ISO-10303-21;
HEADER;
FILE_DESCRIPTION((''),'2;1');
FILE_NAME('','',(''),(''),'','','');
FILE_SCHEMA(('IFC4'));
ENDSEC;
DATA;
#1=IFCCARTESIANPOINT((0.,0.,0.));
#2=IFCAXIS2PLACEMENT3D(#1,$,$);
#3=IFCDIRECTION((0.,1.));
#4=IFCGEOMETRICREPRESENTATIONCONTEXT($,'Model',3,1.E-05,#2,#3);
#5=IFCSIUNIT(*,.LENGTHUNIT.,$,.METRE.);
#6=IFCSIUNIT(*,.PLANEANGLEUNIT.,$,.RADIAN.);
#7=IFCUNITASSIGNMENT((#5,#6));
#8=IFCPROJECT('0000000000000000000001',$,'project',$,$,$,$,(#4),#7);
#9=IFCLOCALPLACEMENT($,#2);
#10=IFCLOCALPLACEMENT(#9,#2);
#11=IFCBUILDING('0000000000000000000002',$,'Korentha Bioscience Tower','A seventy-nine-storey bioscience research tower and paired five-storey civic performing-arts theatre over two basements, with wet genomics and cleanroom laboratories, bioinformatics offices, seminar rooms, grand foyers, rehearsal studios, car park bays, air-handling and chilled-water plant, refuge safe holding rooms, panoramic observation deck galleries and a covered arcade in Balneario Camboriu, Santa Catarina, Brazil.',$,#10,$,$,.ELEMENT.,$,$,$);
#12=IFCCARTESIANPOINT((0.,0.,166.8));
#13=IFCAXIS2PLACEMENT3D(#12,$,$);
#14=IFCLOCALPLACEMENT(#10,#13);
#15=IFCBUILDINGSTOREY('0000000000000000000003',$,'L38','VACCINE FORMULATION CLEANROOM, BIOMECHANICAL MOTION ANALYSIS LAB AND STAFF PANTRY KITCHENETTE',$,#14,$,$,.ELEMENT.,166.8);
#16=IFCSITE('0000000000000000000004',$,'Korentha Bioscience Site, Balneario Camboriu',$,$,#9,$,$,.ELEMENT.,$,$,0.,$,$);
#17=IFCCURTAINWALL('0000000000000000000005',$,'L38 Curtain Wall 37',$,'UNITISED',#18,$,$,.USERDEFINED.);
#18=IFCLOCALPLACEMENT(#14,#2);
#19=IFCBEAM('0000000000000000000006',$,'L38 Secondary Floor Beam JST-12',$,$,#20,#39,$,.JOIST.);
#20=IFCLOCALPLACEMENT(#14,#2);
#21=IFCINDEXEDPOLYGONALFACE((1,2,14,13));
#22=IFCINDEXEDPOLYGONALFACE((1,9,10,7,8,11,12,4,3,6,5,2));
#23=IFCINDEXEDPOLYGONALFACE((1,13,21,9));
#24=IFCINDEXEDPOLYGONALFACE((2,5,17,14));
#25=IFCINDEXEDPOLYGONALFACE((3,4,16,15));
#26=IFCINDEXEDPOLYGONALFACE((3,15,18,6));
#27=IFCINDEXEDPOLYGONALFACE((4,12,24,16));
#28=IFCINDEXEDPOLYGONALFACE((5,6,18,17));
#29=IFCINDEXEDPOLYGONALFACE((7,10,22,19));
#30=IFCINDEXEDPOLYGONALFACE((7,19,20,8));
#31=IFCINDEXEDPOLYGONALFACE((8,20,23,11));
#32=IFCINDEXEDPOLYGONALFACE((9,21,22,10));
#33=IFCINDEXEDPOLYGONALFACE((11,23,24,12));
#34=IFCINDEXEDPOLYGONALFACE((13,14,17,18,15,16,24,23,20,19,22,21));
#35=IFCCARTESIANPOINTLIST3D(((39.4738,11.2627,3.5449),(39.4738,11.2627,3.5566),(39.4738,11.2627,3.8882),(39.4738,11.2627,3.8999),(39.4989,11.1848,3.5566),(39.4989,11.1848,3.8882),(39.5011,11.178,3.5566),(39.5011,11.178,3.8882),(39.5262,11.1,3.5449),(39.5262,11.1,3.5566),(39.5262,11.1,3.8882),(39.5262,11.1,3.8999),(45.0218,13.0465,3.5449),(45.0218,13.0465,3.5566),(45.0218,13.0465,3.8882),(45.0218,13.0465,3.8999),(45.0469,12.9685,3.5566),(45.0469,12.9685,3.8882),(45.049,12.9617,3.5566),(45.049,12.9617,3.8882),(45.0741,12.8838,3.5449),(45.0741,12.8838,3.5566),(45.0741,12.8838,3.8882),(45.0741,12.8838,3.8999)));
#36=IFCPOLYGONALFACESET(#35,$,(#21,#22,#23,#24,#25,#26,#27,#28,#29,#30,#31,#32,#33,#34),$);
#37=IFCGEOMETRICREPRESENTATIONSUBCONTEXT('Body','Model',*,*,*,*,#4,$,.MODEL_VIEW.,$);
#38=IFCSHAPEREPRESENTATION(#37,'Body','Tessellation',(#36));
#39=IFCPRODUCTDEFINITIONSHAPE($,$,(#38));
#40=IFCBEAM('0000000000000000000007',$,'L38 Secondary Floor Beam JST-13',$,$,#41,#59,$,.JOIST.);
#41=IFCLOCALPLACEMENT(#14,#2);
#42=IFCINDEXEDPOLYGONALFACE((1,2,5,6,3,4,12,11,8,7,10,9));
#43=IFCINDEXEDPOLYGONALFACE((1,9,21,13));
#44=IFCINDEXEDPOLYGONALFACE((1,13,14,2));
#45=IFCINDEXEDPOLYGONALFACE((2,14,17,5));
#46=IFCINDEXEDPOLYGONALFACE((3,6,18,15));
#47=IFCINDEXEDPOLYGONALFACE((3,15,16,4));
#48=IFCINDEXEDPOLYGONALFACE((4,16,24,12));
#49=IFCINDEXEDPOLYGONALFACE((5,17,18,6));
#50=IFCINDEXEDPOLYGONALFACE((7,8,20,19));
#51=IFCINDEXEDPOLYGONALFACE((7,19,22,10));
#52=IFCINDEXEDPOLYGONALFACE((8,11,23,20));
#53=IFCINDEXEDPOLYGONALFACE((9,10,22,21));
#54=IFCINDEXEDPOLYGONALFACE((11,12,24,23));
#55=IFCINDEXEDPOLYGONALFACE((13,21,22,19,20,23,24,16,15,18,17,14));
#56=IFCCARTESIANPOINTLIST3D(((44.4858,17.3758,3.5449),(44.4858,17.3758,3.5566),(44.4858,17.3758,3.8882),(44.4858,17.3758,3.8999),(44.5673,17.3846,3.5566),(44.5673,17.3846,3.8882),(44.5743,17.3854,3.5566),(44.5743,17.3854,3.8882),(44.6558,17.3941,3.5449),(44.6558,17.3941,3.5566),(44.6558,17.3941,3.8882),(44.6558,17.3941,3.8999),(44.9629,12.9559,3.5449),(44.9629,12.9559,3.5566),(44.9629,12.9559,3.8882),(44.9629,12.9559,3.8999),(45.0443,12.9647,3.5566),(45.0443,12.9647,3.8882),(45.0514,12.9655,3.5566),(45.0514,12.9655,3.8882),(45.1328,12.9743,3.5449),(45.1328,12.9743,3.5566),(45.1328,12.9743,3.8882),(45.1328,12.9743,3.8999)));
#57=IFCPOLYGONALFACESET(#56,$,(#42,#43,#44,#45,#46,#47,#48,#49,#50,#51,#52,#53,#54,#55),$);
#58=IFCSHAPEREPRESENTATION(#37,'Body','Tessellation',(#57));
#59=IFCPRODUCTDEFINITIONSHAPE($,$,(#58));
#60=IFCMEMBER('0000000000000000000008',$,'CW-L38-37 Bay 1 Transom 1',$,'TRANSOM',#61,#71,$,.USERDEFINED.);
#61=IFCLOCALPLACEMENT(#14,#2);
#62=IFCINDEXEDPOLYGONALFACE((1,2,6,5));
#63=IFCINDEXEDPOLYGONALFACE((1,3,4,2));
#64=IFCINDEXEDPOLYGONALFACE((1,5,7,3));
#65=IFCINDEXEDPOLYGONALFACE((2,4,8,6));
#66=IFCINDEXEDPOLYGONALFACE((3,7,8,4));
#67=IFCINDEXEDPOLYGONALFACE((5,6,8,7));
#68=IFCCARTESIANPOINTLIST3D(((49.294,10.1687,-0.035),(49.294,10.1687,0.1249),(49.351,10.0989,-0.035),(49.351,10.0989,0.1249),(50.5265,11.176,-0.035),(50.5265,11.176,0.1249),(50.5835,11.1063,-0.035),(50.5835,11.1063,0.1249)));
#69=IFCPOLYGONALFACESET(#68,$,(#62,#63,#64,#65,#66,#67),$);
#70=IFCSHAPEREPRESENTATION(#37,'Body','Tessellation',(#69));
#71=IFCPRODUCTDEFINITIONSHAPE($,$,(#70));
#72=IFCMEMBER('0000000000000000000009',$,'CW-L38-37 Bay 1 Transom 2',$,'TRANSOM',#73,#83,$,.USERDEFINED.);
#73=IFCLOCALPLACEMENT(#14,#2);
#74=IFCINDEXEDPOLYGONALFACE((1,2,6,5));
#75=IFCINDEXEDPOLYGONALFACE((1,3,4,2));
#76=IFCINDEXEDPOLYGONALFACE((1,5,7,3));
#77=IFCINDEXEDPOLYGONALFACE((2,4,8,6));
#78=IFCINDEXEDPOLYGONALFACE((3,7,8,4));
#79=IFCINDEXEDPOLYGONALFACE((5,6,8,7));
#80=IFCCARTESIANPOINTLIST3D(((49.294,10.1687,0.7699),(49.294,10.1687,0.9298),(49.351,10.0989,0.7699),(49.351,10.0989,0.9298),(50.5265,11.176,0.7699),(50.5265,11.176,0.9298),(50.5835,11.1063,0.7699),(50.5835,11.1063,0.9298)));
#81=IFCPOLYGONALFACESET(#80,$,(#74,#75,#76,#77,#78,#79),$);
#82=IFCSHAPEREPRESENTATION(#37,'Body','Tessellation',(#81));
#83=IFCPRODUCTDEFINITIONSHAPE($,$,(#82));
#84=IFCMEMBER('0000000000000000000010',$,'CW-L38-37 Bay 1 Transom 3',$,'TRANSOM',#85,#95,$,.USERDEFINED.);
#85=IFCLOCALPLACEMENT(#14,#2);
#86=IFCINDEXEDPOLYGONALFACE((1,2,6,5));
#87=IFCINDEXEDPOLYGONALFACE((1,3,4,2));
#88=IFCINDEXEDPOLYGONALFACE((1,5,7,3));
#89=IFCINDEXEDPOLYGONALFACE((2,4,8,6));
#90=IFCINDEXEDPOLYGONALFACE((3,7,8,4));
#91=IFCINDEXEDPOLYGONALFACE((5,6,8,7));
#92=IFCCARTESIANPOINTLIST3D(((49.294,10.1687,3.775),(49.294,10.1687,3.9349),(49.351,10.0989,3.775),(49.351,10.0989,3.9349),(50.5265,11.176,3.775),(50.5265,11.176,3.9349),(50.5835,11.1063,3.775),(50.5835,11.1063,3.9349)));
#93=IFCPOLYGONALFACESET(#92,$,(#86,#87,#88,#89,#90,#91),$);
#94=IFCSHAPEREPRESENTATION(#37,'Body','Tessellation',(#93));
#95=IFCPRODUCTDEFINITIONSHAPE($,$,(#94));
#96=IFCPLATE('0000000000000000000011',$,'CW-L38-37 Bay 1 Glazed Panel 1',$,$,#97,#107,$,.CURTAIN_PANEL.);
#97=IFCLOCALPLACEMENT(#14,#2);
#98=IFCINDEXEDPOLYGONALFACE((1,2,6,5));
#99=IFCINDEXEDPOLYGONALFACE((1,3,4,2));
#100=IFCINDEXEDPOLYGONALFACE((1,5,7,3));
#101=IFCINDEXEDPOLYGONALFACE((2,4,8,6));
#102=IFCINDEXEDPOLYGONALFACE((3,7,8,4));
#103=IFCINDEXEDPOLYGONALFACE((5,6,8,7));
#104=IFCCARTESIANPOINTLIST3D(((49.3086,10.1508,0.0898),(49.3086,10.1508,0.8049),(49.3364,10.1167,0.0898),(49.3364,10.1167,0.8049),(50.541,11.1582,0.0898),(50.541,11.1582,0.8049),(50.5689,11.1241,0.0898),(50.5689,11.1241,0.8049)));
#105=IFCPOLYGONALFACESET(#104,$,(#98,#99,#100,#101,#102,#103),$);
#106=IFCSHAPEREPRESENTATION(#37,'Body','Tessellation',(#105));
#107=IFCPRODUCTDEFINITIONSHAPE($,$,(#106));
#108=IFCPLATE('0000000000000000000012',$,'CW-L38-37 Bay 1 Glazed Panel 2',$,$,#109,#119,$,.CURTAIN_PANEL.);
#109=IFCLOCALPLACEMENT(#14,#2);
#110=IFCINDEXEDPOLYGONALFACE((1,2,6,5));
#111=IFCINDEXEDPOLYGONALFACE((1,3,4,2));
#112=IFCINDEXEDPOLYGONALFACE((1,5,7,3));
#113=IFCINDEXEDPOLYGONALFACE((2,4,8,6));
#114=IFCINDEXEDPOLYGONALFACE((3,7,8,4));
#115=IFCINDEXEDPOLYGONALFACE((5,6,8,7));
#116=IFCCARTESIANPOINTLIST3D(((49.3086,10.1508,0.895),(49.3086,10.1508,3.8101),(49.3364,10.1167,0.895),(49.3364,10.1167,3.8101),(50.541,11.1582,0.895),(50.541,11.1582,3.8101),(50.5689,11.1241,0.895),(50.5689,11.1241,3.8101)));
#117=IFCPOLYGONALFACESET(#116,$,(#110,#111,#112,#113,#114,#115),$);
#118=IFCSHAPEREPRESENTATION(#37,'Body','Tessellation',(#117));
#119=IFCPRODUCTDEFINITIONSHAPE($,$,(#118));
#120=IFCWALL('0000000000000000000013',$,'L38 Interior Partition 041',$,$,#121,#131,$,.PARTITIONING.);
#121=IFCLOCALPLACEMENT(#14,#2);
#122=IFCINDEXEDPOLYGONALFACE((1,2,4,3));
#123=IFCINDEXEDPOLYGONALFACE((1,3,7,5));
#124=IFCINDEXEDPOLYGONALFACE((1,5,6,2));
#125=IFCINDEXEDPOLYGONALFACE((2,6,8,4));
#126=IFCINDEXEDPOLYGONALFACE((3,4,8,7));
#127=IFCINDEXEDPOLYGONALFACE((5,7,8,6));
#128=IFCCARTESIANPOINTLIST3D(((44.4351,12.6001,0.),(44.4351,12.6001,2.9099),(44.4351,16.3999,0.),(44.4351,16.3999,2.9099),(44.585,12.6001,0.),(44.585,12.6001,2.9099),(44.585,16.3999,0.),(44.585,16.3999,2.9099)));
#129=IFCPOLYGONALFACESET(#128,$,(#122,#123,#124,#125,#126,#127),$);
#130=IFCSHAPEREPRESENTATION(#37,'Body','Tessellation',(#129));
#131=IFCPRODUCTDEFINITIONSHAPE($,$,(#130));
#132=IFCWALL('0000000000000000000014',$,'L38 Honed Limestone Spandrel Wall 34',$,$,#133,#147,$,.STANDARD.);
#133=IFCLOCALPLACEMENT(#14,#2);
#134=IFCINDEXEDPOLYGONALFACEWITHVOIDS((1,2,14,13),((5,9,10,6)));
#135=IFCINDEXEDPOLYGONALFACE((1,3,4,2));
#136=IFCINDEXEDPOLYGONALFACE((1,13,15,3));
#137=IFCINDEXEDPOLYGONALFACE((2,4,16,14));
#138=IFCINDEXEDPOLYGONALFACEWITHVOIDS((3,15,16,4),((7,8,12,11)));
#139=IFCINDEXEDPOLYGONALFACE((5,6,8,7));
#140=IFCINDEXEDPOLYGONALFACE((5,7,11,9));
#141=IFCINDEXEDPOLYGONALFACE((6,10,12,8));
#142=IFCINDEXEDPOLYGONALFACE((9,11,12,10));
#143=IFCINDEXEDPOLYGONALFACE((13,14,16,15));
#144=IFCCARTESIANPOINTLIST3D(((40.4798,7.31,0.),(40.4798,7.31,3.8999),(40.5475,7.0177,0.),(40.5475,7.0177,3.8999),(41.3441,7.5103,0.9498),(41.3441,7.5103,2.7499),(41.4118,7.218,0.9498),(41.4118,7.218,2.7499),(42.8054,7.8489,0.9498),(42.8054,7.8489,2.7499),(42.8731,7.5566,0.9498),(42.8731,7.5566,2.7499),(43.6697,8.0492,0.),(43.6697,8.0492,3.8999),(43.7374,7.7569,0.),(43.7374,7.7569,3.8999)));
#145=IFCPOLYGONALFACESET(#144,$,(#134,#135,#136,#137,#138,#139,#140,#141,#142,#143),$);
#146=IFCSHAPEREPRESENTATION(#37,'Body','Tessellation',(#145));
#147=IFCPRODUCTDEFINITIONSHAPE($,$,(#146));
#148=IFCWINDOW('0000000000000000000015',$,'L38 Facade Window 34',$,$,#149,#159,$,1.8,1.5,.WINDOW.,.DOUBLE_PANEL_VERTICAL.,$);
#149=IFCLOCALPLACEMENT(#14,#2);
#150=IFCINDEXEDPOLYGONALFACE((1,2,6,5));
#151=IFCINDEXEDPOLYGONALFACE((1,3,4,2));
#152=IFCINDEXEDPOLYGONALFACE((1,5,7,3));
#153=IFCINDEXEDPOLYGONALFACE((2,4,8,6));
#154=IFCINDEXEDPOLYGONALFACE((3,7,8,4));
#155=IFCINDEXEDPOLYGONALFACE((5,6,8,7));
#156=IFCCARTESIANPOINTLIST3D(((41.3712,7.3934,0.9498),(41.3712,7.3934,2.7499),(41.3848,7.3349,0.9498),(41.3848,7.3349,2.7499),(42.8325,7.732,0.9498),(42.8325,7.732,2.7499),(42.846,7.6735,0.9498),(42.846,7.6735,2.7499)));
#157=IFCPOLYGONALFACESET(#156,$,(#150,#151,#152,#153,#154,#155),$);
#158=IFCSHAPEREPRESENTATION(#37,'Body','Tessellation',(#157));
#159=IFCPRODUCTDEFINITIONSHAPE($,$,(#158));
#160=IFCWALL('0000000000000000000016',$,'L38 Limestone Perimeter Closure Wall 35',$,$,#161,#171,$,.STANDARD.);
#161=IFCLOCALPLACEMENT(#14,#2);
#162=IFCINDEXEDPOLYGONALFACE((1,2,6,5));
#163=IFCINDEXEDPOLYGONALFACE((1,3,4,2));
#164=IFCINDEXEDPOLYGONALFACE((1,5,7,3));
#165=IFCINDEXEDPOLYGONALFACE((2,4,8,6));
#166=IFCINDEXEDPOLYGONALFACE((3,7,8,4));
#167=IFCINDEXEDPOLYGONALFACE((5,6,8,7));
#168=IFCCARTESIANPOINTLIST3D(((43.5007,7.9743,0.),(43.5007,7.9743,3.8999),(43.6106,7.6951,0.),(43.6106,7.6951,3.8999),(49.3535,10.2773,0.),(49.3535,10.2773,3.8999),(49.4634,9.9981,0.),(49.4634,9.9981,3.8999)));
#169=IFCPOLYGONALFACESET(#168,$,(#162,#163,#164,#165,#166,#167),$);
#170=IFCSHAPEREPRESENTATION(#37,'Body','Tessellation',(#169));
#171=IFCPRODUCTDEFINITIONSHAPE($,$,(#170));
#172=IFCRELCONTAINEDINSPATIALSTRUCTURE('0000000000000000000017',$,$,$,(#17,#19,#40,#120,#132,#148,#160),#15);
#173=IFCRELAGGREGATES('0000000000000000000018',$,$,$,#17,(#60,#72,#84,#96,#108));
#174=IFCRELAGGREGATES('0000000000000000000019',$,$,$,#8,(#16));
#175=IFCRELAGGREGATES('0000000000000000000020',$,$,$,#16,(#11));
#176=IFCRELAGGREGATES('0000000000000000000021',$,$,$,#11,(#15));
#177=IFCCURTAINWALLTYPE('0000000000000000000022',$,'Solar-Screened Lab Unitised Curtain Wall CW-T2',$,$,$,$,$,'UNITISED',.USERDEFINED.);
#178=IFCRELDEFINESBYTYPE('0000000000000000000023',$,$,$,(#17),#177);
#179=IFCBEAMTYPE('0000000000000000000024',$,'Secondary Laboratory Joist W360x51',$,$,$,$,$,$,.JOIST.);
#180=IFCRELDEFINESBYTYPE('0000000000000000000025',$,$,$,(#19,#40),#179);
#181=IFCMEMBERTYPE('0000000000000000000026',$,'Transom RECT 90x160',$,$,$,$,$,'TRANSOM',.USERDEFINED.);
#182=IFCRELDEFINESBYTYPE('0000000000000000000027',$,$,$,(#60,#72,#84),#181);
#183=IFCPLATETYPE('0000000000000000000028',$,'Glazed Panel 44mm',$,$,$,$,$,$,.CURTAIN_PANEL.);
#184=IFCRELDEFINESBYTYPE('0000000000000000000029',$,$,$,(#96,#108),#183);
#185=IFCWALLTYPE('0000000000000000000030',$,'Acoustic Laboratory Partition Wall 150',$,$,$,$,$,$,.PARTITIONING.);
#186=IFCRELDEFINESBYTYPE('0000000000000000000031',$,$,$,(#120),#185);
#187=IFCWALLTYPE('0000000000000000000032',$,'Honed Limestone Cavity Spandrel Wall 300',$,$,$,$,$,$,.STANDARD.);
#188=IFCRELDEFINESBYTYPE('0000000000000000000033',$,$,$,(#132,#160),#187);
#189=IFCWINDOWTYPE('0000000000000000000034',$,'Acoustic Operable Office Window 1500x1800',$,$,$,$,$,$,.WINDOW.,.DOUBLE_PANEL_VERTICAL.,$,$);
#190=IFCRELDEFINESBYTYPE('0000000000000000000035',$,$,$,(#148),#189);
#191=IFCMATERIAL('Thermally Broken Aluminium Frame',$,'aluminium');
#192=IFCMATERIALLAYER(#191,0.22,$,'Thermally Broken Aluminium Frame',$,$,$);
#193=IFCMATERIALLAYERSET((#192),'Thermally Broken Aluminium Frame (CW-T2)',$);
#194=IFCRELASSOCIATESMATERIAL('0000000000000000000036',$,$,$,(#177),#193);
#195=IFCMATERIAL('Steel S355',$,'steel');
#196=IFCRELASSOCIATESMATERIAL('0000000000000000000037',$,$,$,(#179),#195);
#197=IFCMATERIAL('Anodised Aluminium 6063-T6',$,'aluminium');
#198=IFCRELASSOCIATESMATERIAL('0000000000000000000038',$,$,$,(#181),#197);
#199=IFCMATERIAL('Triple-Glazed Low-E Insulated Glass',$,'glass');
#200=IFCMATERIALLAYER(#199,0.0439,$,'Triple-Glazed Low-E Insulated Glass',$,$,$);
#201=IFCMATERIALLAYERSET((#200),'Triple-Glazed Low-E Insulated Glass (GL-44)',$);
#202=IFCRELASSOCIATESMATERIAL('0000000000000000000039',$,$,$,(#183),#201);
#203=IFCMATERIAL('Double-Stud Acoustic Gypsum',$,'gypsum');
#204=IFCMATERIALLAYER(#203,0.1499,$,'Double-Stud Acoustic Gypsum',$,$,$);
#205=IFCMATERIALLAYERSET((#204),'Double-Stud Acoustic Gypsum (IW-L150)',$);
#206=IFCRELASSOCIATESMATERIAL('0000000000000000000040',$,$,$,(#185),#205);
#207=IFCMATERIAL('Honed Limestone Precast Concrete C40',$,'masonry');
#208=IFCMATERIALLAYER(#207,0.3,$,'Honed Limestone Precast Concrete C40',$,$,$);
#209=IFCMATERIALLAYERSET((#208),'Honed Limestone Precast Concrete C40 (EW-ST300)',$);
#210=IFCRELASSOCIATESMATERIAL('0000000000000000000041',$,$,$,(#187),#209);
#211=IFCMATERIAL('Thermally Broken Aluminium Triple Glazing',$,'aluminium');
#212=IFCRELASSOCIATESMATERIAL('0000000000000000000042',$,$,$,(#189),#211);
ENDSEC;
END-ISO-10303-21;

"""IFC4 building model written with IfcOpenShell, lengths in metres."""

from ifc_helpers import new_model, si_unit, direction, frame, frame_2d, origin, origin_2d, place, context, subcontext, project, spatial, rectangle, i_section, extrude, material, layer, layer_set, material_profile, profile_set, type_object, element, fill, aggregate, save


model = new_model("IFC4")

# Units and contexts
model_context = context("Model", 3, precision=1e-05, world=origin(), true_north=direction((0.0, 1.0)))
body_context = subcontext(model_context, "Body", "Model", "MODEL_VIEW")
ifc_project = project(units=[si_unit("LENGTHUNIT", "METRE"), si_unit("PLANEANGLEUNIT", "RADIAN")], contexts=[model_context])

# Site, building, storey
site_placement = place(None, origin())
site = spatial("IfcSite", under=ifc_project, at=site_placement, Name="Korentha Bioscience Site, Balneario Camboriu", CompositionType="ELEMENT", RefElevation=0.0)
building_placement = place(site_placement, origin())
building = spatial("IfcBuilding", under=site, at=building_placement, Name="Korentha Bioscience Tower", Description="A seventy-nine-storey bioscience research tower and paired five-storey civic performing-arts theatre over two basements, with wet genomics and cleanroom laboratories, bioinformatics offices, seminar rooms, grand foyers, rehearsal studios, car park bays, air-handling and chilled-water plant, refuge safe holding rooms, panoramic observation deck galleries and a covered arcade in Balneario Camboriu, Santa Catarina, Brazil.", CompositionType="ELEMENT")
storey_placement = place(building_placement, frame((0.0, 0.0, 166.8)))
storey = spatial("IfcBuildingStorey", under=building, at=storey_placement, Name="L38", Description="VACCINE FORMULATION CLEANROOM, BIOMECHANICAL MOTION ANALYSIS LAB AND STAFF PANTRY KITCHENETTE", CompositionType="ELEMENT", Elevation=166.8)

# Curtain wall
ifc_material_1 = material(Name="Thermally Broken Aluminium Frame", Category="aluminium")
ifc_layer_1 = layer(ifc_material_1, 0.22, Name="Thermally Broken Aluminium Frame")
ifc_layer_set_1 = layer_set([ifc_layer_1], Name="Thermally Broken Aluminium Frame (CW-T2)")
curtain_wall_type = type_object("IfcCurtainWallType", Name="Solar-Screened Lab Unitised Curtain Wall CW-T2", ElementType="UNITISED", PredefinedType="USERDEFINED", material=ifc_layer_set_1)
curtain_wall_placement = place(storey_placement, origin())
curtain_wall = element("IfcCurtainWall", 1, at=curtain_wall_placement, inside=storey, type_object=curtain_wall_type, Name="L38 Curtain Wall 37", ObjectType="UNITISED", PredefinedType="USERDEFINED")
ifc_material_2 = material(Name="Anodised Aluminium 6063-T6", Category="aluminium")

# Beams
ifc_material_3 = material(Name="Steel S355", Category="steel")
ifc_material_profile_1 = material_profile(ifc_material_3, i_section(OverallWidth=0.1709, OverallDepth=0.355, WebThickness=0.0071, FlangeThickness=0.0117, at=origin_2d()), Name="Steel S355")
ifc_profile_set_1 = profile_set([ifc_material_profile_1], Name="Steel S355 (JB-360)")
beam_type_1 = type_object("IfcBeamType", Name="Secondary Laboratory Joist W360x51", PredefinedType="JOIST", material=ifc_profile_set_1)
beam_1_placement = place(storey_placement, frame((39.5, 11.1814, 3.7224), z_axis=(0.952006, 0.30608, 0.0), x_axis=(-0.30608, 0.952006, 0.0)))
element("IfcBeam", 2, at=beam_1_placement, inside=storey, type_object=beam_type_1, Name="L38 Secondary Floor Beam JST-12", PredefinedType="JOIST", context=body_context, shape_type="SweptSolid", body=[
    extrude(i_section(OverallWidth=0.1709, OverallDepth=0.355, WebThickness=0.0071, FlangeThickness=0.0117, at=origin_2d()), origin(), (0.0, 0.0, 1.0), 5.8276),
])
beam_2_placement = place(storey_placement, frame((45.0479, 12.9651, 3.7224), z_axis=(-0.107309, 0.994226, 0.0), x_axis=(-0.994226, -0.107309, 0.0)))
element("IfcBeam", 3, at=beam_2_placement, inside=storey, type_object=beam_type_1, Name="L38 Secondary Floor Beam JST-13", PredefinedType="JOIST", context=body_context, shape_type="SweptSolid", body=[
    extrude(i_section(OverallWidth=0.1709, OverallDepth=0.355, WebThickness=0.0071, FlangeThickness=0.0117, at=origin_2d()), origin(), (0.0, 0.0, 1.0), 4.4456),
])

# Members
ifc_material_profile_2 = material_profile(ifc_material_2, rectangle(XDim=0.0901, YDim=0.1599, at=origin_2d()), Name="Anodised Aluminium 6063-T6")
ifc_profile_set_2 = profile_set([ifc_material_profile_2], Name="Anodised Aluminium 6063-T6 (CW-TRN)")
member_type_1 = type_object("IfcMemberType", Name="Transom RECT 90x160", ElementType="TRANSOM", PredefinedType="USERDEFINED", material=ifc_profile_set_2)
member_1_placement = place(storey_placement, frame((49.3225, 10.1338, 0.0449), z_axis=(0.774272, 0.632853, 0.0), x_axis=(-0.632853, 0.774272, 0.0)))
member_1 = element("IfcMember", 4, at=member_1_placement, type_object=member_type_1, Name="CW-L38-37 Bay 1 Transom 1", ObjectType="TRANSOM", PredefinedType="USERDEFINED", context=body_context, shape_type="SweptSolid", body=[
    extrude(rectangle(XDim=0.0901, YDim=0.1599, at=origin_2d()), origin(), (0.0, 0.0, 1.0), 1.5918),
])
member_2_placement = place(storey_placement, frame((49.3225, 10.1338, 0.8499), z_axis=(0.774272, 0.632853, 0.0), x_axis=(-0.632853, 0.774272, 0.0)))
member_2 = element("IfcMember", 5, at=member_2_placement, type_object=member_type_1, Name="CW-L38-37 Bay 1 Transom 2", ObjectType="TRANSOM", PredefinedType="USERDEFINED", context=body_context, shape_type="SweptSolid", body=[
    extrude(rectangle(XDim=0.0901, YDim=0.1599, at=origin_2d()), origin(), (0.0, 0.0, 1.0), 1.5918),
])
member_3_placement = place(storey_placement, frame((49.3225, 10.1338, 3.855), z_axis=(0.774272, 0.632853, 0.0), x_axis=(-0.632853, 0.774272, 0.0)))
member_3 = element("IfcMember", 6, at=member_3_placement, type_object=member_type_1, Name="CW-L38-37 Bay 1 Transom 3", ObjectType="TRANSOM", PredefinedType="USERDEFINED", context=body_context, shape_type="SweptSolid", body=[
    extrude(rectangle(XDim=0.0901, YDim=0.1599, at=origin_2d()), origin(), (0.0, 0.0, 1.0), 1.5918),
])

# Plates
ifc_material_4 = material(Name="Triple-Glazed Low-E Insulated Glass", Category="glass")
ifc_layer_2 = layer(ifc_material_4, 0.0439, Name="Triple-Glazed Low-E Insulated Glass")
ifc_layer_set_2 = layer_set([ifc_layer_2], Name="Triple-Glazed Low-E Insulated Glass (GL-44)")
plate_type = type_object("IfcPlateType", Name="Glazed Panel 44mm", PredefinedType="CURTAIN_PANEL", material=ifc_layer_set_2)
plate_1_placement = place(storey_placement, frame((49.9387, 10.6375, 0.0898), z_axis=(0.0, 0.0, 1.0), x_axis=(0.774256, 0.632872, 0.0)))
plate_1 = element("IfcPlate", 7, at=plate_1_placement, type_object=plate_type, Name="CW-L38-37 Bay 1 Glazed Panel 1", PredefinedType="CURTAIN_PANEL", context=body_context, shape_type="SweptSolid", body=[
    extrude(rectangle(XDim=1.5918, YDim=0.0439, at=origin_2d()), origin(), (0.0, 0.0, 1.0), 0.7151),
])
plate_2_placement = place(storey_placement, frame((49.9387, 10.6375, 0.895), z_axis=(0.0, 0.0, 1.0), x_axis=(0.774256, 0.632872, 0.0)))
plate_2 = element("IfcPlate", 8, at=plate_2_placement, type_object=plate_type, Name="CW-L38-37 Bay 1 Glazed Panel 2", PredefinedType="CURTAIN_PANEL", context=body_context, shape_type="SweptSolid", body=[
    extrude(rectangle(XDim=1.5918, YDim=0.0439, at=origin_2d()), origin(), (0.0, 0.0, 1.0), 2.915),
])
aggregate(curtain_wall, [member_1, member_2, member_3, plate_1, plate_2])

# Wall
ifc_material_5 = material(Name="Double-Stud Acoustic Gypsum", Category="gypsum")
ifc_layer_3 = layer(ifc_material_5, 0.1499, Name="Double-Stud Acoustic Gypsum")
ifc_layer_set_3 = layer_set([ifc_layer_3], Name="Double-Stud Acoustic Gypsum (IW-L150)")
wall_type_1 = type_object("IfcWallType", Name="Acoustic Laboratory Partition Wall 150", PredefinedType="PARTITIONING", material=ifc_layer_set_3)
wall_1_placement = place(storey_placement, frame((44.51, 12.6001, 0.0), z_axis=(0.0, 0.0, 1.0), x_axis=(0.0, 1.0, 0.0)))
element("IfcWall", 9, at=wall_1_placement, inside=storey, type_object=wall_type_1, Name="L38 Interior Partition 041", PredefinedType="PARTITIONING", context=body_context, shape_type="SweptSolid", body=[
    extrude(rectangle(XDim=3.7998, YDim=0.1499, at=frame_2d((1.8999, 0.0))), origin(), (0.0, 0.0, 1.0), 2.9099),
])

# Wall, opening, window
ifc_material_6 = material(Name="Honed Limestone Precast Concrete C40", Category="masonry")
ifc_layer_4 = layer(ifc_material_6, 0.3, Name="Honed Limestone Precast Concrete C40")
ifc_layer_set_4 = layer_set([ifc_layer_4], Name="Honed Limestone Precast Concrete C40 (EW-ST300)")
wall_type_2 = type_object("IfcWallType", Name="Honed Limestone Cavity Spandrel Wall 300", PredefinedType="STANDARD", material=ifc_layer_set_4)
wall_2_placement = place(storey_placement, frame((40.5137, 7.1638, 0.0), z_axis=(0.0, 0.0, 1.0), x_axis=(0.974182, 0.225763, 0.0)))
wall_2 = element("IfcWall", 10, at=wall_2_placement, inside=storey, type_object=wall_type_2, Name="L38 Honed Limestone Spandrel Wall 34", PredefinedType="STANDARD", context=body_context, shape_type="SweptSolid", body=[
    extrude(rectangle(XDim=3.2744, YDim=0.3, at=frame_2d((1.6372, 0.0))), origin(), (0.0, 0.0, 1.0), 3.8999),
])
opening_placement = place(wall_2_placement, frame((0.8872, 0.0, 0.95)))
opening = element("IfcOpeningElement", 11, at=opening_placement, cuts=wall_2, PredefinedType="OPENING", context=body_context, shape_type="SweptSolid", body=[
    extrude(rectangle(XDim=1.5, YDim=1.8, at=frame_2d((0.75, 0.8999))), frame((0.0, 0.165, 0.0), z_axis=(0.0, -1.0, 0.0), x_axis=(1.0, 0.0, 0.0)), (0.0, 0.0, 1.0), 0.3298),
])
ifc_material_7 = material(Name="Thermally Broken Aluminium Triple Glazing", Category="aluminium")
window_type = type_object("IfcWindowType", Name="Acoustic Operable Office Window 1500x1800", PartitioningType="DOUBLE_PANEL_VERTICAL", PredefinedType="WINDOW", material=ifc_material_7)
window_placement = place(opening_placement, origin())
window = element("IfcWindow", 12, at=window_placement, inside=storey, type_object=window_type, Name="L38 Facade Window 34", OverallHeight=1.8, OverallWidth=1.5, PartitioningType="DOUBLE_PANEL_VERTICAL", PredefinedType="WINDOW", context=body_context, shape_type="SweptSolid", body=[
    extrude(rectangle(XDim=1.5, YDim=1.8, at=frame_2d((0.75, 0.8999))), frame((0.0, 0.03, 0.0), z_axis=(0.0, -1.0, 0.0), x_axis=(1.0, 0.0, 0.0)), (0.0, 0.0, 1.0), 0.0601),
])
fill(opening, window)

# Wall
wall_3_placement = place(storey_placement, frame((43.5557, 7.8347, 0.0), z_axis=(0.0, 0.0, 1.0), x_axis=(0.930553, 0.366158, 0.0)))
element("IfcWall", 13, at=wall_3_placement, inside=storey, type_object=wall_type_2, Name="L38 Limestone Perimeter Closure Wall 35", PredefinedType="STANDARD", context=body_context, shape_type="SweptSolid", body=[
    extrude(rectangle(XDim=6.2896, YDim=0.3, at=frame_2d((3.1448, 0.0))), origin(), (0.0, 0.0, 1.0), 3.8999),
])

save(model, "model.ifc")
